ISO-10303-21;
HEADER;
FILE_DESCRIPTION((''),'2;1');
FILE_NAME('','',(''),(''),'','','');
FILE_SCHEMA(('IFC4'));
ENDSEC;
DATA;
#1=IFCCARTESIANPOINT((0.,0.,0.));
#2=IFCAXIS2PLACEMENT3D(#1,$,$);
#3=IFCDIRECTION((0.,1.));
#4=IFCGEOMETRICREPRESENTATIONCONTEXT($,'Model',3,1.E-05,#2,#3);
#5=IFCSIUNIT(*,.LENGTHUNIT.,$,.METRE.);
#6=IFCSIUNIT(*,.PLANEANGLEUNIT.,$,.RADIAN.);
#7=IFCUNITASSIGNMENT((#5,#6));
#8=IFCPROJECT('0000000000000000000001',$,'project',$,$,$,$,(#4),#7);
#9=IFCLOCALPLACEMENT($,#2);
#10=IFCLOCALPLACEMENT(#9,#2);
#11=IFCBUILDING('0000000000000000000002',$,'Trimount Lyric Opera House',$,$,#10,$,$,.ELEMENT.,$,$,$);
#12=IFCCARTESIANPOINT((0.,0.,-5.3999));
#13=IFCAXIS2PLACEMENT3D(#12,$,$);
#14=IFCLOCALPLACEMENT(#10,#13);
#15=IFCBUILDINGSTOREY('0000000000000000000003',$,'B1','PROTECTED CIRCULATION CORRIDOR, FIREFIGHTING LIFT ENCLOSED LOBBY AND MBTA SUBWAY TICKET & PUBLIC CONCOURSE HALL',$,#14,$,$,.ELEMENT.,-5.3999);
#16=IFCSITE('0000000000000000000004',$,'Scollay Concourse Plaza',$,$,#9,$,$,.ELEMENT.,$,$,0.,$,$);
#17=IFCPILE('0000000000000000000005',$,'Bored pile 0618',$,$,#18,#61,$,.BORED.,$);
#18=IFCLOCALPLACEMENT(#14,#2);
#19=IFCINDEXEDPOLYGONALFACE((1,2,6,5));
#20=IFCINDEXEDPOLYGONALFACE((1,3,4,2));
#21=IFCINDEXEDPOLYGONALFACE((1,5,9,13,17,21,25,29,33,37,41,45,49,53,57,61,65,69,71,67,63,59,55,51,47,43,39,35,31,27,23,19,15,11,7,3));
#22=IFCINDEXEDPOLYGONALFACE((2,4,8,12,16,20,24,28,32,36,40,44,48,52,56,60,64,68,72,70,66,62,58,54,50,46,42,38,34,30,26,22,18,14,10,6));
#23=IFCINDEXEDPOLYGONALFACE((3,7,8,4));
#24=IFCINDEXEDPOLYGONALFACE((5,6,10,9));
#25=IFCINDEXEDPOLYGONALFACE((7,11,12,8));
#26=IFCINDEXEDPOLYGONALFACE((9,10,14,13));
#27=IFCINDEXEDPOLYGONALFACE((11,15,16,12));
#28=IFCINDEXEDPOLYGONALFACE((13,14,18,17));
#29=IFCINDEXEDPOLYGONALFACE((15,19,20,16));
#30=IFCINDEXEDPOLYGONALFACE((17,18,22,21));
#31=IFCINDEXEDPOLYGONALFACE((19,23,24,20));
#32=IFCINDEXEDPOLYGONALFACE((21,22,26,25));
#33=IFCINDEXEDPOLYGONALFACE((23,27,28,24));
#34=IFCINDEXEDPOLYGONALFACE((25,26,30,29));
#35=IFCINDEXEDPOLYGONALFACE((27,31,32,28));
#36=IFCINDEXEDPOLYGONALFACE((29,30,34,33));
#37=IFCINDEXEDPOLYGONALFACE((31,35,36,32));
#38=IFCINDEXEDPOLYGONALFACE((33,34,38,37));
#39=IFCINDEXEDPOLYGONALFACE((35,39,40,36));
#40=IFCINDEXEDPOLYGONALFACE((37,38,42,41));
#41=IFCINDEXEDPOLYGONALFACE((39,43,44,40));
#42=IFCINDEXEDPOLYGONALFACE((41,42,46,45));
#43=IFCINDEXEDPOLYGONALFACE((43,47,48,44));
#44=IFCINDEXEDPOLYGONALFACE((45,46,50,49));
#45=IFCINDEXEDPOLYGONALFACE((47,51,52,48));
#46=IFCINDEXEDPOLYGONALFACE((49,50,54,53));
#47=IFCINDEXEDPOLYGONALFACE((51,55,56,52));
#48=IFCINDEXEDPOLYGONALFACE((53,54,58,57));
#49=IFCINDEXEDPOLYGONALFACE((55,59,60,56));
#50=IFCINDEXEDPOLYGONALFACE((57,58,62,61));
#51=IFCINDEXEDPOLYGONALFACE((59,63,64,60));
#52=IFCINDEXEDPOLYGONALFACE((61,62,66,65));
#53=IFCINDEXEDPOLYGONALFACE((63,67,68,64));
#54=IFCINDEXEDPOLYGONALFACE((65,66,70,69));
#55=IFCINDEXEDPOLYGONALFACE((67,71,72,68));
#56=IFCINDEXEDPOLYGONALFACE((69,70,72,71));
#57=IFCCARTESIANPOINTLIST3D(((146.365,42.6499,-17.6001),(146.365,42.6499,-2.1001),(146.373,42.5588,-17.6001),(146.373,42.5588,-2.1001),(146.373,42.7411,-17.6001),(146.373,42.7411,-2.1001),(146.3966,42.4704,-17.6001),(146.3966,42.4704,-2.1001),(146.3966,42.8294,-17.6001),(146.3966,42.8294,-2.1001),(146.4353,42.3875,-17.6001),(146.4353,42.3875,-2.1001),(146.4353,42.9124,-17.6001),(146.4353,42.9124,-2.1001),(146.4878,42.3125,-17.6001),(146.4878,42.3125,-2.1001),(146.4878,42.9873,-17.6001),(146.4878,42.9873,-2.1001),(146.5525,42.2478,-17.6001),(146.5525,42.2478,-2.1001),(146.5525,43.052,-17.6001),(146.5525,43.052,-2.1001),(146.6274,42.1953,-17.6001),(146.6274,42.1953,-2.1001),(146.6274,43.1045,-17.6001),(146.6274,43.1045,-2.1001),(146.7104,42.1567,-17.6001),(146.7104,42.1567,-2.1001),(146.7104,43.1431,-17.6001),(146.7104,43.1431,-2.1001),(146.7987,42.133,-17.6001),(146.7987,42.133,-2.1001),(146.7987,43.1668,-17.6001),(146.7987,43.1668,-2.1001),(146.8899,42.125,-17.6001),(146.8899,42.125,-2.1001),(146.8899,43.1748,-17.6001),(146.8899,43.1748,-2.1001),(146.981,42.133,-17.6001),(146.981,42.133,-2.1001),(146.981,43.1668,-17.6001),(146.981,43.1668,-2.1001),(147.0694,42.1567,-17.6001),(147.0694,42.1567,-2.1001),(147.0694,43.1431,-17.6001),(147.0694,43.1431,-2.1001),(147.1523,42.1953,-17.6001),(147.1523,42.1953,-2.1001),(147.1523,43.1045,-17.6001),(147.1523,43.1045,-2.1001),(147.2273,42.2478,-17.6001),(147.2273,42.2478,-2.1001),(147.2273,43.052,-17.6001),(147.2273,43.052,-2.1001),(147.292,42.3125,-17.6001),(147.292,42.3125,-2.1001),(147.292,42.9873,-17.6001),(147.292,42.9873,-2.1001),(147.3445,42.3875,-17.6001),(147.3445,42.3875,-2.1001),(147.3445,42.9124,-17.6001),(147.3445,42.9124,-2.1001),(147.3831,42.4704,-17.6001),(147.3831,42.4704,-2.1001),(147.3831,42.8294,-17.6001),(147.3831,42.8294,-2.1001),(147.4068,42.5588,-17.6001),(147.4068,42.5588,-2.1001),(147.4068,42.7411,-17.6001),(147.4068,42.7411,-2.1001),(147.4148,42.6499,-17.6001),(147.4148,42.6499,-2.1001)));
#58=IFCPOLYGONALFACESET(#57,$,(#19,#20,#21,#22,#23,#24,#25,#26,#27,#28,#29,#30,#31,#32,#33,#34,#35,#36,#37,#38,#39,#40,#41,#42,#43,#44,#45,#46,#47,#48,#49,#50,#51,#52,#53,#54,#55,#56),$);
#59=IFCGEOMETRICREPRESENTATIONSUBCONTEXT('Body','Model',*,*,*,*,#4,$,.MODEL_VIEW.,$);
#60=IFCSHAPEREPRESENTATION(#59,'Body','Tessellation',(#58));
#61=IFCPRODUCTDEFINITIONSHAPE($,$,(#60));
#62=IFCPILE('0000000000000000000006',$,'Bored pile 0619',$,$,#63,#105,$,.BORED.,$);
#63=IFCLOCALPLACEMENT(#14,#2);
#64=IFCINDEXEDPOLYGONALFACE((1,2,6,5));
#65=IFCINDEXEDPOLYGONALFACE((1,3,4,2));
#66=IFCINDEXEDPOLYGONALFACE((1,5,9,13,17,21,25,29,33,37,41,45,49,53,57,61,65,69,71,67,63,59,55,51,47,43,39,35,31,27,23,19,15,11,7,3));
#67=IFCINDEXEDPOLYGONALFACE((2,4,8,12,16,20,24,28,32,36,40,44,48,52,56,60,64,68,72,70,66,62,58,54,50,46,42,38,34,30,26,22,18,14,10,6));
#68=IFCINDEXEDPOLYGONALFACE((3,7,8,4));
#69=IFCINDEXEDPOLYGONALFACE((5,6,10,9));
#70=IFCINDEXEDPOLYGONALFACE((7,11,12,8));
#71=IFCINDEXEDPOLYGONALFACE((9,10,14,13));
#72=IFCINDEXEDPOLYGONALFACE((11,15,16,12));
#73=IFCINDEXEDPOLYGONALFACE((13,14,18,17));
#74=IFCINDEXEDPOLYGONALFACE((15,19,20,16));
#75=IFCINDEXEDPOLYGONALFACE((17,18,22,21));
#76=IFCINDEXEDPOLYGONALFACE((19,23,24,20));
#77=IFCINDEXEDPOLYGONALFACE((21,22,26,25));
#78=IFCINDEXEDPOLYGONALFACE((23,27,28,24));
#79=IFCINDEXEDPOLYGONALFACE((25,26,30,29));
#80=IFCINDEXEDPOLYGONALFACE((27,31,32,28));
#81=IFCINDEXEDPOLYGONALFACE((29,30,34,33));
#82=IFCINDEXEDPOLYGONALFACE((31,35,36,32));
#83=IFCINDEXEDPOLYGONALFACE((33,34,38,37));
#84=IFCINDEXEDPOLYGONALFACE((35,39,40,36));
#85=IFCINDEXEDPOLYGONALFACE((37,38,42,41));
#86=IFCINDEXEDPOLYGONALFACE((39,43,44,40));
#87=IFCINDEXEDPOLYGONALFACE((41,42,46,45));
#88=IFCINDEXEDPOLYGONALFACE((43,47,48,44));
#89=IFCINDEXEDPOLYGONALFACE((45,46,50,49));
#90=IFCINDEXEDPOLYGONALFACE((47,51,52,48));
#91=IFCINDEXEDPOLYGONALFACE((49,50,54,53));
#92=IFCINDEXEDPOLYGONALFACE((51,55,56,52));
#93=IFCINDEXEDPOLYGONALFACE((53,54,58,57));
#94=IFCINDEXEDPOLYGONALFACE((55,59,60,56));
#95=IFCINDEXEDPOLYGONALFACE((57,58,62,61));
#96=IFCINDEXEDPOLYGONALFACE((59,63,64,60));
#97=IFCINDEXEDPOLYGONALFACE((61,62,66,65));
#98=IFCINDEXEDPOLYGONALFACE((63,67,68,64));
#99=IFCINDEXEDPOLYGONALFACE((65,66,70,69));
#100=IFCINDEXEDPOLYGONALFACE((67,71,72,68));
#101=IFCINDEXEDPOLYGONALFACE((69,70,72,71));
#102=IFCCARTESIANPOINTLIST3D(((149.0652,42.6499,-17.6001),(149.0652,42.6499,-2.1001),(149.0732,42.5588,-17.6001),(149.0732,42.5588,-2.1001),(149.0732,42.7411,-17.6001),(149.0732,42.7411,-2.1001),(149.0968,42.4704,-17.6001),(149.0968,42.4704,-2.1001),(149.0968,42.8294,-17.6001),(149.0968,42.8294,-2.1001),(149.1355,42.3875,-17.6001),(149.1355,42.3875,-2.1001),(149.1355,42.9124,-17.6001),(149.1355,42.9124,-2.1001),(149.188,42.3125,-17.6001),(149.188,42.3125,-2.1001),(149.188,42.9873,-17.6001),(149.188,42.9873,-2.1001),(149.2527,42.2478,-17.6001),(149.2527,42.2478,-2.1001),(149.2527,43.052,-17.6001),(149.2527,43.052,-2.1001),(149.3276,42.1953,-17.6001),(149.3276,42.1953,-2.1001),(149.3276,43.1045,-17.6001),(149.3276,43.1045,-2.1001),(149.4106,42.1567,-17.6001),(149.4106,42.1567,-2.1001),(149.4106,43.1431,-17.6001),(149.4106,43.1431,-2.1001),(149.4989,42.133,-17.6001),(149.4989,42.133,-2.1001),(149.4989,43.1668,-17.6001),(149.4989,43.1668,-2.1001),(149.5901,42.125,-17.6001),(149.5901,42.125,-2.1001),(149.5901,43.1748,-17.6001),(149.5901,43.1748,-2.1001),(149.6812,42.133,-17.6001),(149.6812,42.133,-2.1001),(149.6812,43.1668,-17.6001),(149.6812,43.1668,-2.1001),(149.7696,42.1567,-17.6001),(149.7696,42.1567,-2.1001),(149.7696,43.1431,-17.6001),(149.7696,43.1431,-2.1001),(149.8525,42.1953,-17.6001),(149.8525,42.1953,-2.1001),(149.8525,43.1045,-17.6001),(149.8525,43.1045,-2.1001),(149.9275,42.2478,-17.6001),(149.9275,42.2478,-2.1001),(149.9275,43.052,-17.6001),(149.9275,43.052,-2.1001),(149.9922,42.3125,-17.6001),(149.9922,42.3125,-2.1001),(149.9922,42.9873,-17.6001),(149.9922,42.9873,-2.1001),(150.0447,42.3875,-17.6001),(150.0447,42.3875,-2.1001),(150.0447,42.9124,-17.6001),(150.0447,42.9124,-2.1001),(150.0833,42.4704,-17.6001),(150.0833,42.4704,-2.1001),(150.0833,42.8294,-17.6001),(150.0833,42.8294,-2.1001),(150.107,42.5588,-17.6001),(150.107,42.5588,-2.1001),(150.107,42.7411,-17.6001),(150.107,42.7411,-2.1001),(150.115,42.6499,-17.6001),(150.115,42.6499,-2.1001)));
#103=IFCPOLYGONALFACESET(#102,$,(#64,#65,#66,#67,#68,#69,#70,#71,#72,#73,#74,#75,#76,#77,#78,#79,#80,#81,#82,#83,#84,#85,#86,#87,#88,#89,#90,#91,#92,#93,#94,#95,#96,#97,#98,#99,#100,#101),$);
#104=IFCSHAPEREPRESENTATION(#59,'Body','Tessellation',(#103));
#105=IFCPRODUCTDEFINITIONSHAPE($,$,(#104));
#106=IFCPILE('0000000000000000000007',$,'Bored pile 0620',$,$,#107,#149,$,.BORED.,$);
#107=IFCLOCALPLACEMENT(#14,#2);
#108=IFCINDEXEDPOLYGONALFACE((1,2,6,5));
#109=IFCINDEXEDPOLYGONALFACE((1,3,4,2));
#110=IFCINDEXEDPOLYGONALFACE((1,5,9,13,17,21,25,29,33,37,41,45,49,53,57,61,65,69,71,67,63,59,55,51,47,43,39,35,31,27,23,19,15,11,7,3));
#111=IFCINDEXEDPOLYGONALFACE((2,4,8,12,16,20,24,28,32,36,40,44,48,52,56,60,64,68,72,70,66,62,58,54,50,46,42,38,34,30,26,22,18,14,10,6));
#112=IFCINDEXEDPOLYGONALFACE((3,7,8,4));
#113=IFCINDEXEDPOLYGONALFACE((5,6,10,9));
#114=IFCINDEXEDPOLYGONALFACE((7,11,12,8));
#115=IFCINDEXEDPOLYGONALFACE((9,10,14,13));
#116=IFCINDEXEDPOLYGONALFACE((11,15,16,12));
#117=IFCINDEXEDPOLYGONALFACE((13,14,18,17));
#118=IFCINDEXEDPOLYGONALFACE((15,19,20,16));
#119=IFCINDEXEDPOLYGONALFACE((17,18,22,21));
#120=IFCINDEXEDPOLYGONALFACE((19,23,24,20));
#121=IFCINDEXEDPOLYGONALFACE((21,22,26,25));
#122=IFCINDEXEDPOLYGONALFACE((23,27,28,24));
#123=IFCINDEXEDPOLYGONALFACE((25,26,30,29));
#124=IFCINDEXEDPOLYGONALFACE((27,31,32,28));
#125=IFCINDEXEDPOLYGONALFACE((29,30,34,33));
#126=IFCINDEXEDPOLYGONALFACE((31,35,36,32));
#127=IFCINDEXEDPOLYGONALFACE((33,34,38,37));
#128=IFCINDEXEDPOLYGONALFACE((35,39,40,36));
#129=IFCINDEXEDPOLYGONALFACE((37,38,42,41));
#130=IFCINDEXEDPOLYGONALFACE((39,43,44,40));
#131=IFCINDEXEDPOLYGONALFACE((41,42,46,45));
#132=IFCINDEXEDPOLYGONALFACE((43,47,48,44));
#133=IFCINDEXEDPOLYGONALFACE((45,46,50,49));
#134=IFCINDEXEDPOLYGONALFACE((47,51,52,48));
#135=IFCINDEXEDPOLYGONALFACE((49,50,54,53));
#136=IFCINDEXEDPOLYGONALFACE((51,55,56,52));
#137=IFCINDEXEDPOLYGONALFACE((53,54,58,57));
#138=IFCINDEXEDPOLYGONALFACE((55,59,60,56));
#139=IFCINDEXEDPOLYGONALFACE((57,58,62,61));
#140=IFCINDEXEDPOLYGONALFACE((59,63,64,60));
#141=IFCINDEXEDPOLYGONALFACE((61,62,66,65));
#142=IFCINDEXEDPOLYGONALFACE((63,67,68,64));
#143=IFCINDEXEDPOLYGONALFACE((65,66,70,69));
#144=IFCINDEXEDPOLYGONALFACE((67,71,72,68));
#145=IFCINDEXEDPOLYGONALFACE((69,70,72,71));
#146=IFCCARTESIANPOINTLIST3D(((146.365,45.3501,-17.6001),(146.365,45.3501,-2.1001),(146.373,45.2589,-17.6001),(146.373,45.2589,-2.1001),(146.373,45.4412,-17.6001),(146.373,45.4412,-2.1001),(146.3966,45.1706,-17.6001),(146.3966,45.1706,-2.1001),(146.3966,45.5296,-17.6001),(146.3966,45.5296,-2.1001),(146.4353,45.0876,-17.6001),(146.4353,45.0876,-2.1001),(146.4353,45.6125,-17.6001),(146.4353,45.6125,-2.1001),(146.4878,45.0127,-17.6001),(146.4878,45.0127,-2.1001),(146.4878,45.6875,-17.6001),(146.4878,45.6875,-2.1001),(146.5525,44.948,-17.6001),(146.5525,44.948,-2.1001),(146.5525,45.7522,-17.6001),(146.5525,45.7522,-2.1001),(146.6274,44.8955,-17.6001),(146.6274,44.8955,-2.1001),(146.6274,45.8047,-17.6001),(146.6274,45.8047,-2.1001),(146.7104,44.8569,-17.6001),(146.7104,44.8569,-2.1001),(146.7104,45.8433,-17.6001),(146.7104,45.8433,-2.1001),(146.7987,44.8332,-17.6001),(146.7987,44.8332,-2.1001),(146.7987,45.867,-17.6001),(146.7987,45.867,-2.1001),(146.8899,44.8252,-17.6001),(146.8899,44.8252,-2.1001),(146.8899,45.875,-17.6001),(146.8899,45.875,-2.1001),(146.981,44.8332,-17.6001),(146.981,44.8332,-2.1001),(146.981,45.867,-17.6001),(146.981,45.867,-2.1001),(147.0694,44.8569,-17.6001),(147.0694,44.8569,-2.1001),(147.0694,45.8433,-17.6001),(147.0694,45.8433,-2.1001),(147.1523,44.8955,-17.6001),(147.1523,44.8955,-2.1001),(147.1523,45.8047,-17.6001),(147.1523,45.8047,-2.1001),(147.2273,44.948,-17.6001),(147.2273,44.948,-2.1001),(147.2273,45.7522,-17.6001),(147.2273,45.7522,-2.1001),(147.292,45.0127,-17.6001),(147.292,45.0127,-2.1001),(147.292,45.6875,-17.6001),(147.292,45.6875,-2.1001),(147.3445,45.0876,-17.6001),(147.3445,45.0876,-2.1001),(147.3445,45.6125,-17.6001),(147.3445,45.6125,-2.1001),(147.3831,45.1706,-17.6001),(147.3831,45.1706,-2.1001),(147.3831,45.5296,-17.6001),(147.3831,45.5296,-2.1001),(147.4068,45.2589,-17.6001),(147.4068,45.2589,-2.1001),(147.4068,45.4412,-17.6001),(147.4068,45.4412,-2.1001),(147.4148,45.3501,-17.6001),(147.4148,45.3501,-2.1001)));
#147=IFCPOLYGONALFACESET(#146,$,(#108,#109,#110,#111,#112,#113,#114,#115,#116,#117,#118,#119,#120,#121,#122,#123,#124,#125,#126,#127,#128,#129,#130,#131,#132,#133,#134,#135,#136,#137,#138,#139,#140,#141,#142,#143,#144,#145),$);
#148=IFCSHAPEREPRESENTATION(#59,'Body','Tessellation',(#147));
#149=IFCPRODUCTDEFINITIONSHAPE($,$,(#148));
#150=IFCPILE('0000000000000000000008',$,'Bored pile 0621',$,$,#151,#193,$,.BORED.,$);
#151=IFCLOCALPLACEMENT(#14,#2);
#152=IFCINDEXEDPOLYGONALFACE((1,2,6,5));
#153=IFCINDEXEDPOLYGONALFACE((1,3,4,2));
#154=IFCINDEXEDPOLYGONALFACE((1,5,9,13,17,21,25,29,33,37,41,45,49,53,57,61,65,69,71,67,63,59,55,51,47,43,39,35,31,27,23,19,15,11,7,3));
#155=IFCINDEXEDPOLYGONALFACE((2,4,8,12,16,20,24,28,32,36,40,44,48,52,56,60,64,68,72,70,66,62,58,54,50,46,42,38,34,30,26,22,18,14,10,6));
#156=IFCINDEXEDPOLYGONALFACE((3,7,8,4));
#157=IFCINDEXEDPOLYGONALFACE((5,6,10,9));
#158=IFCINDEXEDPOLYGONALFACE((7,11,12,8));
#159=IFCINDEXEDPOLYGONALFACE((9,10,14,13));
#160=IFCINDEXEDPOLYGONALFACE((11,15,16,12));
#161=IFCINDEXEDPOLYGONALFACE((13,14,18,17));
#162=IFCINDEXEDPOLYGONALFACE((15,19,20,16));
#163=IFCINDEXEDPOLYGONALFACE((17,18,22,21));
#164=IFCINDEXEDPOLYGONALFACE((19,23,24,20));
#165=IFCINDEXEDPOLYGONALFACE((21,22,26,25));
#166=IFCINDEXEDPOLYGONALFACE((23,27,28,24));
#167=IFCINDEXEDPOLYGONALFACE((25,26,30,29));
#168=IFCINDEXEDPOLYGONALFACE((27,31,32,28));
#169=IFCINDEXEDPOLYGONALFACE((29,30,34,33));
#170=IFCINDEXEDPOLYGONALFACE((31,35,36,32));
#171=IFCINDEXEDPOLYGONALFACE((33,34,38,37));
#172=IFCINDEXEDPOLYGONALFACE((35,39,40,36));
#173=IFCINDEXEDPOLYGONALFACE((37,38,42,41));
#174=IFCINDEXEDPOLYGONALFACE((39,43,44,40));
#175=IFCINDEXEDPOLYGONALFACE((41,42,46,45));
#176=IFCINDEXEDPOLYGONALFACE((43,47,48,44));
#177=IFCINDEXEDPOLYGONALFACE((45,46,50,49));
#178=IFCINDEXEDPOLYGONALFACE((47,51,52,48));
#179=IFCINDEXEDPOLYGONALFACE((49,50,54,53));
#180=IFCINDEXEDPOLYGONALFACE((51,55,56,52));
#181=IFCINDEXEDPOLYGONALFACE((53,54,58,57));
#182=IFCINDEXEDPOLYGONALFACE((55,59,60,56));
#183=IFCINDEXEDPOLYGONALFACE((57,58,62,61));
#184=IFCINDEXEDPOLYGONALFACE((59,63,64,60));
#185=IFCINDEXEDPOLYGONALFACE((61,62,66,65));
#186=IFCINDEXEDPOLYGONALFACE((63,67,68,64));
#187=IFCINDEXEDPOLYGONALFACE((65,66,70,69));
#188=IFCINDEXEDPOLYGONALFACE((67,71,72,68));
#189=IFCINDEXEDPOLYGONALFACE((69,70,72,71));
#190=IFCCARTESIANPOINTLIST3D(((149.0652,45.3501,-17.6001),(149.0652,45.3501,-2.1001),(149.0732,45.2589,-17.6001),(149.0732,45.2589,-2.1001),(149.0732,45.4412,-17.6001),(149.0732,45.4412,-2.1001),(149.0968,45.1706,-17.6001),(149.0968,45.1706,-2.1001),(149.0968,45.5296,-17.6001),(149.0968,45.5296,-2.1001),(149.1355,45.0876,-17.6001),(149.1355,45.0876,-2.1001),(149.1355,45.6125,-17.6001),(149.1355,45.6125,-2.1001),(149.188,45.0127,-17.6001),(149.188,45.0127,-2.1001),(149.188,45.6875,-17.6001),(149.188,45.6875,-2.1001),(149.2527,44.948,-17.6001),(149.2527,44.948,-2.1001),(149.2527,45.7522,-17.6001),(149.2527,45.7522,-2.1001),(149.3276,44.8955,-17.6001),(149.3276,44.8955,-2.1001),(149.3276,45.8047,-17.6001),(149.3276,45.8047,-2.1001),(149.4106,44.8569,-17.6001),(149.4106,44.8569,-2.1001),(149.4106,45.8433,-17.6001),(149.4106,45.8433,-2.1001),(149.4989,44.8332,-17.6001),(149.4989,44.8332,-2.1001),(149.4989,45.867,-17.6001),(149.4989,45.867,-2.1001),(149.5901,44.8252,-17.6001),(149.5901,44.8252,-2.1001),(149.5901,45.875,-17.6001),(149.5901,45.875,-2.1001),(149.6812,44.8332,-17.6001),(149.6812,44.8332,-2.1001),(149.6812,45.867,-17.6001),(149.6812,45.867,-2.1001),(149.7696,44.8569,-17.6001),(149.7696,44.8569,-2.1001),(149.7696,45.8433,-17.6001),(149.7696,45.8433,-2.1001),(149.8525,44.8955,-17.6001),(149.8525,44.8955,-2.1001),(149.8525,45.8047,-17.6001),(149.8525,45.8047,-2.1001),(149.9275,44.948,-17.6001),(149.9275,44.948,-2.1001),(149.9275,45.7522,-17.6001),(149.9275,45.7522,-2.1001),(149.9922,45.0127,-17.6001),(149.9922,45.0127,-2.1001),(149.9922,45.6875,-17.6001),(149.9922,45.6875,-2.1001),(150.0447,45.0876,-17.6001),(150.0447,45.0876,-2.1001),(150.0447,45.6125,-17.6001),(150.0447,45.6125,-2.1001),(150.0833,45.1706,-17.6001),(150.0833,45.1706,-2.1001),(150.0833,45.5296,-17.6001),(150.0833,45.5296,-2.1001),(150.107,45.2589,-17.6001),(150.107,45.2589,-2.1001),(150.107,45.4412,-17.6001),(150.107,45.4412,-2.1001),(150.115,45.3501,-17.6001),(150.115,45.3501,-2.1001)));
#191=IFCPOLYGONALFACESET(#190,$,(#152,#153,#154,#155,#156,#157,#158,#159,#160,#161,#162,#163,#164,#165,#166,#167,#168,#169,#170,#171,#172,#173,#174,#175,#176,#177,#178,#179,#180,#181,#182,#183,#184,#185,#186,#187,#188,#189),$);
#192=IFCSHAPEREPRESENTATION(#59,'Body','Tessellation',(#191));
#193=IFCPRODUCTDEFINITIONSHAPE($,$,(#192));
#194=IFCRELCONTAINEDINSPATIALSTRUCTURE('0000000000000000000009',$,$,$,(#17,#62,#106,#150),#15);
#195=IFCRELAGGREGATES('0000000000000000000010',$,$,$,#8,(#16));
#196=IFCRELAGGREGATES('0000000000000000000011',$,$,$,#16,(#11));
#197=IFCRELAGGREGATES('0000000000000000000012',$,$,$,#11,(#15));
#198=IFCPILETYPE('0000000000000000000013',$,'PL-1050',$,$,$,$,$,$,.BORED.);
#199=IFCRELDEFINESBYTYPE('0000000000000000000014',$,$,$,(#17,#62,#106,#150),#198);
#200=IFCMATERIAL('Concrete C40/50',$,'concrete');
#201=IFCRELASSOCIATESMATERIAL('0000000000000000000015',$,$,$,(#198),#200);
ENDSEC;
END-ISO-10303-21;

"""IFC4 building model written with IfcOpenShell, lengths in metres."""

from ifc_helpers import new_model, si_unit, direction, frame, origin, origin_2d, place, context, subcontext, project, spatial, circle, extrude, material, material_profile, profile_set, type_object, element, save


model = new_model("IFC4")

# Units and contexts
model_context = context("Model", 3, precision=1e-05, world=origin(), true_north=direction((0.0, 1.0)))
body_context = subcontext(model_context, "Body", "Model", "MODEL_VIEW")
ifc_project = project(units=[si_unit("LENGTHUNIT", "METRE"), si_unit("PLANEANGLEUNIT", "RADIAN")], contexts=[model_context])

# Site, building, storey
site_placement = place(None, origin())
site = spatial("IfcSite", under=ifc_project, at=site_placement, Name="Scollay Concourse Plaza", CompositionType="ELEMENT", RefElevation=0.0)
building_placement = place(site_placement, origin())
building = spatial("IfcBuilding", under=site, at=building_placement, Name="Trimount Lyric Opera House", CompositionType="ELEMENT")
storey_placement = place(building_placement, frame((0.0, 0.0, -5.3999)))
storey = spatial("IfcBuildingStorey", under=building, at=storey_placement, Name="B1", Description="PROTECTED CIRCULATION CORRIDOR, FIREFIGHTING LIFT ENCLOSED LOBBY AND MBTA SUBWAY TICKET & PUBLIC CONCOURSE HALL", CompositionType="ELEMENT", Elevation=-5.3999)

# Piles
ifc_material_1 = material(Name="Concrete C40/50", Category="concrete")
ifc_material_profile_1 = material_profile(ifc_material_1, circle(Radius=0.5249, at=origin_2d()), Name="PILE-D1050")
ifc_profile_set_1 = profile_set([ifc_material_profile_1], Name="Concrete C40/50")
pile_type_1 = type_object("IfcPileType", Name="PL-1050", PredefinedType="BORED", material=ifc_profile_set_1)
for number, where, z_axis, x_axis, name in (
    (1, (146.8899, 42.6499, -2.1001), (0.0, 0.0, -1.0), (1.0, 0.0, 0.0), "Bored pile 0618"),
    (2, (149.5901, 42.6499, -2.1001), (0.0, 0.0, -1.0), (1.0, 0.0, 0.0), "Bored pile 0619"),
    (3, (146.8899, 45.3501, -2.1001), (0.0, 0.0, -1.0), (1.0, 0.0, 0.0), "Bored pile 0620"),
    (4, (149.5901, 45.3501, -2.1001), (0.0, 0.0, -1.0), (1.0, 0.0, 0.0), "Bored pile 0621"),
):
    element("IfcPile", number, at=place(storey_placement, frame(where, z_axis=z_axis, x_axis=x_axis)), inside=storey, type_object=pile_type_1, Name=name, PredefinedType="BORED", context=body_context, shape_type="SweptSolid", body=[
        extrude(circle(Radius=0.5249, at=origin_2d()), origin(), (0.0, 0.0, 1.0), 15.5),
    ])

save(model, "model.ifc")
